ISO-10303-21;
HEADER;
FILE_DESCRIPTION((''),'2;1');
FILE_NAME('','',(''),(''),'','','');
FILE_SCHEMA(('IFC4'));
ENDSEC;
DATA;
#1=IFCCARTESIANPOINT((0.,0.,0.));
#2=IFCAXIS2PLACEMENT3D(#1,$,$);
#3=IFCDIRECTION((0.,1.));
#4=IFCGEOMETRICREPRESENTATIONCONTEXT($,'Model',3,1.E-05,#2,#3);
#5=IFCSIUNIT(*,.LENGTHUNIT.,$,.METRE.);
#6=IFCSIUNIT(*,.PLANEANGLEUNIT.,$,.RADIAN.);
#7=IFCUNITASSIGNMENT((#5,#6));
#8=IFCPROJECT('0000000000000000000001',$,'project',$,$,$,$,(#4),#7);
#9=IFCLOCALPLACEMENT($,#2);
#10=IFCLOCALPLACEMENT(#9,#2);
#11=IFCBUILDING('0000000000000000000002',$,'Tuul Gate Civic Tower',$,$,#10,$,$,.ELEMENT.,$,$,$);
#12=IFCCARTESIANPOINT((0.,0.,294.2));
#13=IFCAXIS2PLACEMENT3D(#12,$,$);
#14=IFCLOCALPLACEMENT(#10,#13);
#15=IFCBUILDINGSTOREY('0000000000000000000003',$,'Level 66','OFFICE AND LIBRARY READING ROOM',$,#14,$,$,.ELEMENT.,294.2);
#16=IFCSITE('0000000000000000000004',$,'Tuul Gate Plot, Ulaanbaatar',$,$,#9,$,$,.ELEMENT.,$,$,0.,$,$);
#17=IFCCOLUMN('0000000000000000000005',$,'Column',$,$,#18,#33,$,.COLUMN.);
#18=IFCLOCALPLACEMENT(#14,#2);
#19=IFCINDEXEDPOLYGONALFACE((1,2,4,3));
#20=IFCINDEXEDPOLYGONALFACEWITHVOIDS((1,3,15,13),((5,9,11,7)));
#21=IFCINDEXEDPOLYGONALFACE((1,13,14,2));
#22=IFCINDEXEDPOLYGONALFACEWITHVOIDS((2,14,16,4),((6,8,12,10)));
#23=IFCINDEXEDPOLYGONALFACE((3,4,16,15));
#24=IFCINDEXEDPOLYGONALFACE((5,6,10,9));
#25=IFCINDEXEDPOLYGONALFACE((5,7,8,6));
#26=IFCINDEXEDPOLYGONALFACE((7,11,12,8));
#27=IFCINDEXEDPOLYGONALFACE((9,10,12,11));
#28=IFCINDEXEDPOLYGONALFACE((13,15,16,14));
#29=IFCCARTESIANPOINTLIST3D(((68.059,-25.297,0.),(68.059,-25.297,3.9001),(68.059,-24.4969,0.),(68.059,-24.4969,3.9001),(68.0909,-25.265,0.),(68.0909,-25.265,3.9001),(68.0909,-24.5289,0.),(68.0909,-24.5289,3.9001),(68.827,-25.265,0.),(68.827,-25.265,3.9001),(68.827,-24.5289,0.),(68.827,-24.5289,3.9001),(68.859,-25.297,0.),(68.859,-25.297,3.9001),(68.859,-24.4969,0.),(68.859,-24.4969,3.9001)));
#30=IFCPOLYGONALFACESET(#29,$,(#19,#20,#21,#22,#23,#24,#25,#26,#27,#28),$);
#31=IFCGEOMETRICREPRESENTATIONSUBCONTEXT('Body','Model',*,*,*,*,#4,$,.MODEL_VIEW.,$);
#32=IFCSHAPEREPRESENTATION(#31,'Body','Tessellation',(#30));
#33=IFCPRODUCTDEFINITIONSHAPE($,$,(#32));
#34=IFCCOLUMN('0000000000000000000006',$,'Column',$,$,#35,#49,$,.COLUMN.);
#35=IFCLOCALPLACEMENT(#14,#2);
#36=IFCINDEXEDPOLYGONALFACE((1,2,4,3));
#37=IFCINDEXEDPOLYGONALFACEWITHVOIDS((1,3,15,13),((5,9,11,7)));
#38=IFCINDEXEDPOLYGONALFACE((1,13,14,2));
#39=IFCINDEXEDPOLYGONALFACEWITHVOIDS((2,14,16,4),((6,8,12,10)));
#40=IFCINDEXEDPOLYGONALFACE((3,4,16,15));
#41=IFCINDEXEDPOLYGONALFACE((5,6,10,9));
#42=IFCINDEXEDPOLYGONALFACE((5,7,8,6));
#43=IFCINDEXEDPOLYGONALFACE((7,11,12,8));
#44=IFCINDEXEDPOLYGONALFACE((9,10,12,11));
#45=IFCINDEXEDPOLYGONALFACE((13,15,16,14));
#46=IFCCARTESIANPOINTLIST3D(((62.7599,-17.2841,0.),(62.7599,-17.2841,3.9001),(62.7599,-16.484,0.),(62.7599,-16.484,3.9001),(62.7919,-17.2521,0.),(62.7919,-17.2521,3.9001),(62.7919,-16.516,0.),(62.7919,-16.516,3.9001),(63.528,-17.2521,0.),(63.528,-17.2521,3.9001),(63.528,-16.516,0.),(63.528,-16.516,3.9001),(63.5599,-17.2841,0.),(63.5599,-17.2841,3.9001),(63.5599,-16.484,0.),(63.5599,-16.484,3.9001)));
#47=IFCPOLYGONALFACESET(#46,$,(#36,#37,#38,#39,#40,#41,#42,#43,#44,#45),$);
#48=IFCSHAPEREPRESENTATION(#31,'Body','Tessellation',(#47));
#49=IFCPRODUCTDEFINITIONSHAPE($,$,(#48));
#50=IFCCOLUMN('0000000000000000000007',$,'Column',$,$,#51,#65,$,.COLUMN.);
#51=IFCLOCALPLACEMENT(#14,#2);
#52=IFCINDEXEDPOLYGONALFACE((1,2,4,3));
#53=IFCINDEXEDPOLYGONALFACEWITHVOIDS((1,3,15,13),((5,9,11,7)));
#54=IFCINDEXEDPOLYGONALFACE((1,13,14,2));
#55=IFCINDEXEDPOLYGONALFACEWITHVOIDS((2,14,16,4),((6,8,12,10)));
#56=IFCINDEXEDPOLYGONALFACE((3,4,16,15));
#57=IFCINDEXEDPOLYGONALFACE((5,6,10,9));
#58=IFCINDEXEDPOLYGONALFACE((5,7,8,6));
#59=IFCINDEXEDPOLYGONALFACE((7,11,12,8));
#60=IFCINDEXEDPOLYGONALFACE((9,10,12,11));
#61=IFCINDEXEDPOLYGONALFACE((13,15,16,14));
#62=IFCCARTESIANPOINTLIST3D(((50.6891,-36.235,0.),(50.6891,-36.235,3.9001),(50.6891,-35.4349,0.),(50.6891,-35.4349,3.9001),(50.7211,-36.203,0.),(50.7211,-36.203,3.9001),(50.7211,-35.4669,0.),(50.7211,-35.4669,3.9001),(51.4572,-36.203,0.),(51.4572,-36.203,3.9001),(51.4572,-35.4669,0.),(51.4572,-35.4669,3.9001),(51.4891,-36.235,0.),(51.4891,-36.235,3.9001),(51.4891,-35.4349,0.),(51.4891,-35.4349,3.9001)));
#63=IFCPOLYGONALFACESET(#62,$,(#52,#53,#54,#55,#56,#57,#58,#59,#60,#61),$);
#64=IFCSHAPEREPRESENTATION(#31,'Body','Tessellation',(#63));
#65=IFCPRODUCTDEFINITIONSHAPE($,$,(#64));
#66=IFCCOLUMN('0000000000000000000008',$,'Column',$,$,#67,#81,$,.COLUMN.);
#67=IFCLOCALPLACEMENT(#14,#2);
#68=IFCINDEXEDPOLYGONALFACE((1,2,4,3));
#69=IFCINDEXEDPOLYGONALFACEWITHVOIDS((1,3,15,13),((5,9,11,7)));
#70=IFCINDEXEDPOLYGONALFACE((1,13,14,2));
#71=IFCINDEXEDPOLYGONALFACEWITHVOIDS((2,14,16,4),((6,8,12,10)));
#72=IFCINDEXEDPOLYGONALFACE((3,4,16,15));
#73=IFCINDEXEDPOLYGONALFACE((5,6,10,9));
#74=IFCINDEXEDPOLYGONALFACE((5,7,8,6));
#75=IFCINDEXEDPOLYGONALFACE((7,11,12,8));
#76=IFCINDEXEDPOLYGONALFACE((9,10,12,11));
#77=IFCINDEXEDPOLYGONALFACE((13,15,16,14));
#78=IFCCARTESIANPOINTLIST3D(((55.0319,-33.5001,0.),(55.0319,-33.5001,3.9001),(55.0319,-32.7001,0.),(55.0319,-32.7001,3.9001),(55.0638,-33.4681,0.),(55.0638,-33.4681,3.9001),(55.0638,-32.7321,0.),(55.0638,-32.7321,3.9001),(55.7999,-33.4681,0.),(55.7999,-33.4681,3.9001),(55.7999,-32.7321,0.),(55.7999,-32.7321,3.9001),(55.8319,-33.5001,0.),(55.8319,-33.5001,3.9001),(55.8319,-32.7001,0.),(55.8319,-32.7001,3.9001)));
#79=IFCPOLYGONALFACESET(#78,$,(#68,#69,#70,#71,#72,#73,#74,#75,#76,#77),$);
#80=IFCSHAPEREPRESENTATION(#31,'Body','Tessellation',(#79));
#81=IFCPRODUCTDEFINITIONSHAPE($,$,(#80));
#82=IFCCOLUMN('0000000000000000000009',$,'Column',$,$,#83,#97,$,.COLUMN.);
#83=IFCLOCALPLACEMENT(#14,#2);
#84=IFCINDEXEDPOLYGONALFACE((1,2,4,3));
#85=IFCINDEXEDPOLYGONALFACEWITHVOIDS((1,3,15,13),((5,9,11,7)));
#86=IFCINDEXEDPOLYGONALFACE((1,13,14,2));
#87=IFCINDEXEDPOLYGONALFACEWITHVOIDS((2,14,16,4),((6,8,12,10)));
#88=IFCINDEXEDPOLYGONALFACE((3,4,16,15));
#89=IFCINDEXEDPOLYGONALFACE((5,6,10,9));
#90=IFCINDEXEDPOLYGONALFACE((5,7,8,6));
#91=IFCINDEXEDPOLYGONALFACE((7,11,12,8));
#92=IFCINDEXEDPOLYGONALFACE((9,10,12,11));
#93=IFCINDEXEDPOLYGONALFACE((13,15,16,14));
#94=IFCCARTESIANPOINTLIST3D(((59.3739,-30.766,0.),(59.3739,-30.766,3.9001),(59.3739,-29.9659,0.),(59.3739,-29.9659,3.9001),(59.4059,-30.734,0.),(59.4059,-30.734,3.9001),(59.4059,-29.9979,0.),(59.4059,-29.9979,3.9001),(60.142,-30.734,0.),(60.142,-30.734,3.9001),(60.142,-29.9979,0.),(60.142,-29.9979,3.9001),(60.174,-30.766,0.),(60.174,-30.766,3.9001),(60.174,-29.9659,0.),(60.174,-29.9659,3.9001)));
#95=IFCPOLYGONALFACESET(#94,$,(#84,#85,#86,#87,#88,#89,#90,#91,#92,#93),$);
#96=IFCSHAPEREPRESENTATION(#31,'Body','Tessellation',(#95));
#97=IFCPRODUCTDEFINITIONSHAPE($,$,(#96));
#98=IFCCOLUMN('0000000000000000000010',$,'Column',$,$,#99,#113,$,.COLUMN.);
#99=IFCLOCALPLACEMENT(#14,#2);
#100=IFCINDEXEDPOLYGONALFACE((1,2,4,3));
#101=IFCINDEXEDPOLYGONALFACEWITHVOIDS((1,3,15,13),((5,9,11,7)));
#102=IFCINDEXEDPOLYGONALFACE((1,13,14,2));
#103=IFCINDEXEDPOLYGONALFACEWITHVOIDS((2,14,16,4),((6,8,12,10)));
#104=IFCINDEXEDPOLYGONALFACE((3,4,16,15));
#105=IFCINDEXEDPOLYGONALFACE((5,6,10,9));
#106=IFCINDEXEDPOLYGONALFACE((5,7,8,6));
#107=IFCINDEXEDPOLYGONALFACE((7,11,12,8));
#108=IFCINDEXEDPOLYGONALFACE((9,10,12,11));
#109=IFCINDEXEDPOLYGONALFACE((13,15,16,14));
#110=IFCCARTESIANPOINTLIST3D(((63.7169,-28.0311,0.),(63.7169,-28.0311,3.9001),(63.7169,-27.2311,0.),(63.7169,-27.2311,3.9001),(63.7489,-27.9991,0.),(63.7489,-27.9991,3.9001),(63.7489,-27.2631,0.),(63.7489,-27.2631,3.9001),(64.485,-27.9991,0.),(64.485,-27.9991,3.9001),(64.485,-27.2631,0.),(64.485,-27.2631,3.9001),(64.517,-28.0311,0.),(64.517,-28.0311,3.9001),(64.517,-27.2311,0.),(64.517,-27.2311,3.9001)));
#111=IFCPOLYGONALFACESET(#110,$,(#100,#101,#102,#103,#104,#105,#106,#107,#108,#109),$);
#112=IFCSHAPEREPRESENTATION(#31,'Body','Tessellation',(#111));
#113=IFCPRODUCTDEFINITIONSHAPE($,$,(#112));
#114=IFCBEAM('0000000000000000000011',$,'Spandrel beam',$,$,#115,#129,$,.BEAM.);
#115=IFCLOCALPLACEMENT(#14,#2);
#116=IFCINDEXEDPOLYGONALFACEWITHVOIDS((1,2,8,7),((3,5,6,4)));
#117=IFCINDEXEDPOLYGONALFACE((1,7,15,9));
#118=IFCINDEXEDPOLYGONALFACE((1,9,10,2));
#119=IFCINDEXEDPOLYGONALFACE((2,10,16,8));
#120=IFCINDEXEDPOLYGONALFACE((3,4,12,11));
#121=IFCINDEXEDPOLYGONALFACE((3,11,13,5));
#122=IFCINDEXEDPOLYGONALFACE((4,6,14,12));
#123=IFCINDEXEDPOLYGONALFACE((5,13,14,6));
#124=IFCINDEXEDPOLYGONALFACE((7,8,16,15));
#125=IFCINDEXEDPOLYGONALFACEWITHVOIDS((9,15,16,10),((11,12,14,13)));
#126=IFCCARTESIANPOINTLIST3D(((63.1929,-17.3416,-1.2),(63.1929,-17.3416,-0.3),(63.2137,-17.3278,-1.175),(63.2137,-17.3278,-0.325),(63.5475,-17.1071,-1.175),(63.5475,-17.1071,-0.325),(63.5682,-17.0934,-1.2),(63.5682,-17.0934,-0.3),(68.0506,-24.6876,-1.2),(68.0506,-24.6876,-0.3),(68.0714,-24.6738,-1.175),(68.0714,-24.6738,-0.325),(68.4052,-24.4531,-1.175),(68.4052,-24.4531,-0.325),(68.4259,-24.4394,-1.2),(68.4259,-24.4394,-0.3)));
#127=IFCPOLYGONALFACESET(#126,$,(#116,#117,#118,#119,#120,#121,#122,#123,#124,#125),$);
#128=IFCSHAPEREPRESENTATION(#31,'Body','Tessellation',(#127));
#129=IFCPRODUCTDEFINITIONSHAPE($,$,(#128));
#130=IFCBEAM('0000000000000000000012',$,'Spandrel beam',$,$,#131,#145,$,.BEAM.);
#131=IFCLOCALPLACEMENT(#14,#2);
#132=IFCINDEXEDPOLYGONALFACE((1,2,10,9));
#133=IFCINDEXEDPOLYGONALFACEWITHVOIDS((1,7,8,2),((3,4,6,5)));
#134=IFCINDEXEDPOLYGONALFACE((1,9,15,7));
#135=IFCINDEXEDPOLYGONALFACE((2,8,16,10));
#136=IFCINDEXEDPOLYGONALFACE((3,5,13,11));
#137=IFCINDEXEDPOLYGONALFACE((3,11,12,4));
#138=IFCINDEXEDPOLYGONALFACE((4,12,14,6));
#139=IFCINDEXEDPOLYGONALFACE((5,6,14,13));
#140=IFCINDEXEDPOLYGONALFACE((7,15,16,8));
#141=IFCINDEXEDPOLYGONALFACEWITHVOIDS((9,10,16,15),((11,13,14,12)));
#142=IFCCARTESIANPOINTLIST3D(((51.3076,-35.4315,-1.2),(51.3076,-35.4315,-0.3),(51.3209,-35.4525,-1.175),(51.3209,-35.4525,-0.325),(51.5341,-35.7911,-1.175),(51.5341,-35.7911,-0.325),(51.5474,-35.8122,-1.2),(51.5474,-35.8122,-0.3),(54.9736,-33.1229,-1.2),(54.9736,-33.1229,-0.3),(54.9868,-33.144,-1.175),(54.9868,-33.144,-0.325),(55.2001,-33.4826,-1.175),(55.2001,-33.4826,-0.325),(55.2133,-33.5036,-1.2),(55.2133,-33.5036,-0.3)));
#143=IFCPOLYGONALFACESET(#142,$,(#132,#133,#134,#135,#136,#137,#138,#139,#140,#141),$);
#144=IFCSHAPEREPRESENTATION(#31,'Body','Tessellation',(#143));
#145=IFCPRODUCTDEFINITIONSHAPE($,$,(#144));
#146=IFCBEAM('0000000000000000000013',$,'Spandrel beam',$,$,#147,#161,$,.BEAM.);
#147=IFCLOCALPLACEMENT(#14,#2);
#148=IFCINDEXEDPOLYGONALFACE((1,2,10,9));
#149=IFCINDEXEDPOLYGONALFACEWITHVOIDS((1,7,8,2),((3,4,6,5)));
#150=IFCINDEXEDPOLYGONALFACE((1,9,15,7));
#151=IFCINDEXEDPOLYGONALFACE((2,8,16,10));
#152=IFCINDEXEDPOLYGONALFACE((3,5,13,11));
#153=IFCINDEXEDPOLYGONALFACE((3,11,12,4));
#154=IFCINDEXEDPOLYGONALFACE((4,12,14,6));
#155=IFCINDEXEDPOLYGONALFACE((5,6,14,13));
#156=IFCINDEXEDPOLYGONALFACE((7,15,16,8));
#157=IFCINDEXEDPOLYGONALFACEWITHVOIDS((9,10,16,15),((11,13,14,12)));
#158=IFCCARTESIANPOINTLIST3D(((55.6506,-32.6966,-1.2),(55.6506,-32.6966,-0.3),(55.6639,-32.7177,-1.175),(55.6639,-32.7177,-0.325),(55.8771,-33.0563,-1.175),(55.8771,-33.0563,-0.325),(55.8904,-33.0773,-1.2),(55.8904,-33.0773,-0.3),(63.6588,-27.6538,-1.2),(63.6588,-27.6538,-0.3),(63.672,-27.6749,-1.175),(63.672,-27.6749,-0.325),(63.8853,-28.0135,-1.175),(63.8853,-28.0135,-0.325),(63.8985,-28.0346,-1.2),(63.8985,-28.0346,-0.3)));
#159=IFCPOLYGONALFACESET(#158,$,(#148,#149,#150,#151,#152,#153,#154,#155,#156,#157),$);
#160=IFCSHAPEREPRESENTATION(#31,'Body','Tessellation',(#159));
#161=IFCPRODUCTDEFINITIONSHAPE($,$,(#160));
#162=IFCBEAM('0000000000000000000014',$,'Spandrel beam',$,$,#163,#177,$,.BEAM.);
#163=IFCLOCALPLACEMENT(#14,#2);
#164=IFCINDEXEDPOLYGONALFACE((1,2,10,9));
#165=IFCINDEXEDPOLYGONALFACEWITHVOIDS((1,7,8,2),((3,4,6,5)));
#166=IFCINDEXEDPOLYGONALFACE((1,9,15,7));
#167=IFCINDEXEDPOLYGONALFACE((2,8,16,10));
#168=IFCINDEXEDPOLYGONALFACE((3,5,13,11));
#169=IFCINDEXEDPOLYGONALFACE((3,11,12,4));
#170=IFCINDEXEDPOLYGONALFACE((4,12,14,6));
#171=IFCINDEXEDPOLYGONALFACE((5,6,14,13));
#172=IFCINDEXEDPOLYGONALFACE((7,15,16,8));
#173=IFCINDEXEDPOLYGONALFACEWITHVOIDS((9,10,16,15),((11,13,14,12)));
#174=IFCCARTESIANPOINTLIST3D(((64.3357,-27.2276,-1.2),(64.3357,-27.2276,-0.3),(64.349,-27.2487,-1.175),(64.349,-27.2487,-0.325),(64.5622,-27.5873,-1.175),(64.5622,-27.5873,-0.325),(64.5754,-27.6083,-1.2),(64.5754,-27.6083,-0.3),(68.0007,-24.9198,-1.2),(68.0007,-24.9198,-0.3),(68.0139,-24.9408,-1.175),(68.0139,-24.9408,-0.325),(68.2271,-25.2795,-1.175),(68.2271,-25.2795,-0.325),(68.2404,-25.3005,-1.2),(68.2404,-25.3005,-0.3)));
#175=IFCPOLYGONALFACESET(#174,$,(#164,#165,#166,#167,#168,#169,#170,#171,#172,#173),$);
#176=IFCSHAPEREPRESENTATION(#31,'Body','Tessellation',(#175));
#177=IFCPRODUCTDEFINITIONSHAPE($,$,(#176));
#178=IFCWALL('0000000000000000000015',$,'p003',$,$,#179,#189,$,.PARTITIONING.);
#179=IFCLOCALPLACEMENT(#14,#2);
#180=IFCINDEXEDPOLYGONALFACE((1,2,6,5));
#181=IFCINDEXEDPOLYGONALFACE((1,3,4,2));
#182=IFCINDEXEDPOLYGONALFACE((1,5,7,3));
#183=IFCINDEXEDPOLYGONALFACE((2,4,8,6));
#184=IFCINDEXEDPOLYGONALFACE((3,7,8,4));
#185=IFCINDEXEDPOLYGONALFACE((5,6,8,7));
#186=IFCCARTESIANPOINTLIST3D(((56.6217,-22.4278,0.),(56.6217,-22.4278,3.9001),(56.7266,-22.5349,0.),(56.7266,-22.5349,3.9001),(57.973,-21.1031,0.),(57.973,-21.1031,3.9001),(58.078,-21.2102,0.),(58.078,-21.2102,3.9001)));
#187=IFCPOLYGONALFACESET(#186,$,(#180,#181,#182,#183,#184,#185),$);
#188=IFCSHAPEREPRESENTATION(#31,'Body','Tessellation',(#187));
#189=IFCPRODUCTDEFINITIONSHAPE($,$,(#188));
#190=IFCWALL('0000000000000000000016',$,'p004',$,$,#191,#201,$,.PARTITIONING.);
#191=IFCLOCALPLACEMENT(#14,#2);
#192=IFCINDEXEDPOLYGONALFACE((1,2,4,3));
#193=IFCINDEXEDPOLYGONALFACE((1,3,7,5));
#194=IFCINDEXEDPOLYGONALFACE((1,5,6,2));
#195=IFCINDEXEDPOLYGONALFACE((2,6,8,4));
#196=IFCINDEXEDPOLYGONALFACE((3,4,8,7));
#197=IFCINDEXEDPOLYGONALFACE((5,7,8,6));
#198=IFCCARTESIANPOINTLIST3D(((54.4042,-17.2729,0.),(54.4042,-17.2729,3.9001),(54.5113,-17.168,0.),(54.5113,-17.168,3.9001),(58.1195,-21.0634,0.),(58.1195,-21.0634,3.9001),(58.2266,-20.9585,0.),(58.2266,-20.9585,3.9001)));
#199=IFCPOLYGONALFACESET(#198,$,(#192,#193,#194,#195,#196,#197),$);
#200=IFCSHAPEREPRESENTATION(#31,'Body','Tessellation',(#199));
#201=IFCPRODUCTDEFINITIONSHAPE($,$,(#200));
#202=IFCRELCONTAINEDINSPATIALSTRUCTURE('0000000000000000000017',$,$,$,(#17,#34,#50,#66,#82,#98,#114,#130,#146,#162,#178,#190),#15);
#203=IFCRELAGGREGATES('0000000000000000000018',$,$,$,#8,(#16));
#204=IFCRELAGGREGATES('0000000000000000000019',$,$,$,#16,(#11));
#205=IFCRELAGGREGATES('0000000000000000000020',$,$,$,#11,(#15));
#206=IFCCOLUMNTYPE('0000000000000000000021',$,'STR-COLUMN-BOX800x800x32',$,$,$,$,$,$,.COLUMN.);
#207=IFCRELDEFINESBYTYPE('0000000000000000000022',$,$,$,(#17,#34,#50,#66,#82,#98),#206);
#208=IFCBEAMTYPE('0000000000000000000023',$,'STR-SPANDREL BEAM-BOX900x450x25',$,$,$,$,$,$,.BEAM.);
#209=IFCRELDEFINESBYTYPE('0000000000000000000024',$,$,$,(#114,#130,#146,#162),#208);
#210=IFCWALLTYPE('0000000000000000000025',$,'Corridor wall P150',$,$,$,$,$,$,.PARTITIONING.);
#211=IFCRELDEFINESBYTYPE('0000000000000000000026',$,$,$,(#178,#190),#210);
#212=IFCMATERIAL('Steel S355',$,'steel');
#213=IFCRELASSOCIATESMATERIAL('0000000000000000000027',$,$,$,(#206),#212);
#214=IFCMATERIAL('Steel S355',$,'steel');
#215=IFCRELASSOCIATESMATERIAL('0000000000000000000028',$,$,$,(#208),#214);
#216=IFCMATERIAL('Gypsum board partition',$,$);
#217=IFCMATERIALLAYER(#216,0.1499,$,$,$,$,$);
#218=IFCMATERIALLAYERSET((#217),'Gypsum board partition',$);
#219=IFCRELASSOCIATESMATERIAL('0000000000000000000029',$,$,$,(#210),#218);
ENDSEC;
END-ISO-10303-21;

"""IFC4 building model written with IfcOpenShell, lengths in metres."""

from ifc_helpers import new_model, si_unit, direction, frame, frame_2d, origin, origin_2d, place, context, subcontext, project, spatial, rectangle, hollow_rectangle, extrude, material, layer, layer_set, material_profile, profile_set, type_object, element, save


model = new_model("IFC4")

# Units and contexts
model_context = context("Model", 3, precision=1e-05, world=origin(), true_north=direction((0.0, 1.0)))
body_context = subcontext(model_context, "Body", "Model", "MODEL_VIEW")
ifc_project = project(units=[si_unit("LENGTHUNIT", "METRE"), si_unit("PLANEANGLEUNIT", "RADIAN")], contexts=[model_context])

# Site, building, storey
site_placement = place(None, origin())
site = spatial("IfcSite", under=ifc_project, at=site_placement, Name="Tuul Gate Plot, Ulaanbaatar", CompositionType="ELEMENT", RefElevation=0.0)
building_placement = place(site_placement, origin())
building = spatial("IfcBuilding", under=site, at=building_placement, Name="Tuul Gate Civic Tower", CompositionType="ELEMENT")
storey_placement = place(building_placement, frame((0.0, 0.0, 294.2)))
storey = spatial("IfcBuildingStorey", under=building, at=storey_placement, Name="Level 66", Description="OFFICE AND LIBRARY READING ROOM", CompositionType="ELEMENT", Elevation=294.2)

# Columns
ifc_material_1 = material(Name="Steel S355", Category="steel")
ifc_material_profile_1 = material_profile(ifc_material_1, hollow_rectangle(XDim=0.8, YDim=0.8, WallThickness=0.032, at=origin_2d()), Name="BOX800x800x32")
ifc_profile_set_1 = profile_set([ifc_material_profile_1], Name="Steel S355")
column_type = type_object("IfcColumnType", Name="STR-COLUMN-BOX800x800x32", PredefinedType="COLUMN", material=ifc_profile_set_1)
for number, where, z_axis, x_axis, name in (
    (1, (68.459, -24.897, 0.0), (0.0, 0.0, 1.0), (1.0, 0.0, 0.0), "Column"),
    (2, (63.1599, -16.884, 0.0), (0.0, 0.0, 1.0), (1.0, 0.0, 0.0), "Column"),
    (3, (51.0891, -35.835, 0.0), (0.0, 0.0, 1.0), (1.0, 0.0, 0.0), "Column"),
    (4, (55.4319, -33.1001, 0.0), (0.0, 0.0, 1.0), (1.0, 0.0, 0.0), "Column"),
    (5, (59.7739, -30.366, 0.0), (0.0, 0.0, 1.0), (1.0, 0.0, 0.0), "Column"),
    (6, (64.1169, -27.6311, 0.0), (0.0, 0.0, 1.0), (1.0, 0.0, 0.0), "Column"),
):
    element("IfcColumn", number, at=place(storey_placement, frame(where, z_axis=z_axis, x_axis=x_axis)), inside=storey, type_object=column_type, Name=name, PredefinedType="COLUMN", context=body_context, shape_type="SweptSolid", body=[
        extrude(hollow_rectangle(XDim=0.8, YDim=0.8, WallThickness=0.032, at=origin_2d()), origin(), (0.0, 0.0, 1.0), 3.9001),
    ])

# Beams
ifc_material_2 = material(Name="Steel S355", Category="steel")
ifc_material_profile_2 = material_profile(ifc_material_2, hollow_rectangle(XDim=0.45, YDim=0.8999, WallThickness=0.0249, at=origin_2d()), Name="BOX900x450x25")
ifc_profile_set_2 = profile_set([ifc_material_profile_2], Name="Steel S355")
beam_type = type_object("IfcBeamType", Name="STR-SPANDREL BEAM-BOX900x450x25", PredefinedType="BEAM", material=ifc_profile_set_2)
beam_1_placement = place(storey_placement, frame((68.2383, -24.5635, -0.75), z_axis=(-0.551581, 0.834121, 0.0), x_axis=(-0.834121, -0.551581, 0.0)))
element("IfcBeam", 7, at=beam_1_placement, inside=storey, type_object=beam_type, Name="Spandrel beam", PredefinedType="BEAM", context=body_context, shape_type="SweptSolid", body=[
    extrude(hollow_rectangle(XDim=0.45, YDim=0.8999, WallThickness=0.0249, at=origin_2d()), origin(), (0.0, 0.0, 1.0), 8.8069),
])
beam_2_placement = place(storey_placement, frame((51.4275, -35.6218, -0.75), z_axis=(0.846195, 0.532873, 0.0), x_axis=(-0.532873, 0.846195, 0.0)))
element("IfcBeam", 8, at=beam_2_placement, inside=storey, type_object=beam_type, Name="Spandrel beam", PredefinedType="BEAM", context=body_context, shape_type="SweptSolid", body=[
    extrude(hollow_rectangle(XDim=0.45, YDim=0.8999, WallThickness=0.0249, at=origin_2d()), origin(), (0.0, 0.0, 1.0), 4.3323),
])
beam_3_placement = place(storey_placement, frame((55.7705, -32.887, -0.75), z_axis=(0.846204, 0.53286, 0.0), x_axis=(-0.53286, 0.846204, 0.0)))
element("IfcBeam", 9, at=beam_3_placement, inside=storey, type_object=beam_type, Name="Spandrel beam", PredefinedType="BEAM", context=body_context, shape_type="SweptSolid", body=[
    extrude(hollow_rectangle(XDim=0.45, YDim=0.8999, WallThickness=0.0249, at=origin_2d()), origin(), (0.0, 0.0, 1.0), 9.4636),
])
beam_4_placement = place(storey_placement, frame((64.4556, -27.418, -0.75), z_axis=(0.846207, 0.532854, 0.0), x_axis=(-0.532854, 0.846207, 0.0)))
element("IfcBeam", 10, at=beam_4_placement, inside=storey, type_object=beam_type, Name="Spandrel beam", PredefinedType="BEAM", context=body_context, shape_type="SweptSolid", body=[
    extrude(hollow_rectangle(XDim=0.45, YDim=0.8999, WallThickness=0.0249, at=origin_2d()), origin(), (0.0, 0.0, 1.0), 4.3311),
])

# Walls
ifc_material_3 = material(Name="Gypsum board partition")
ifc_layer_1 = layer(ifc_material_3, 0.1499)
ifc_layer_set_1 = layer_set([ifc_layer_1], Name="Gypsum board partition")
wall_type_1 = type_object("IfcWallType", Name="Corridor wall P150", PredefinedType="PARTITIONING", material=ifc_layer_set_1)
wall_1_placement = place(storey_placement, frame((56.6741, -22.4814, 0.0), z_axis=(0.0, 0.0, 1.0), x_axis=(0.714103, 0.70004, 0.0)))
element("IfcWall", 11, at=wall_1_placement, inside=storey, type_object=wall_type_1, Name="p003", PredefinedType="PARTITIONING", context=body_context, shape_type="SweptSolid", body=[
    extrude(rectangle(XDim=1.8923, YDim=0.1499, at=frame_2d((0.9463, 0.0))), origin(), (0.0, 0.0, 1.0), 3.9001),
])
wall_2_placement = place(storey_placement, frame((54.4578, -17.2205, 0.0), z_axis=(0.0, 0.0, 1.0), x_axis=(0.699988, -0.714155, 0.0)))
element("IfcWall", 12, at=wall_2_placement, inside=storey, type_object=wall_type_1, Name="p004", PredefinedType="PARTITIONING", context=body_context, shape_type="SweptSolid", body=[
    extrude(rectangle(XDim=5.3076, YDim=0.1499, at=frame_2d((2.6538, 0.0))), origin(), (0.0, 0.0, 1.0), 3.9001),
])

save(model, "model.ifc")
